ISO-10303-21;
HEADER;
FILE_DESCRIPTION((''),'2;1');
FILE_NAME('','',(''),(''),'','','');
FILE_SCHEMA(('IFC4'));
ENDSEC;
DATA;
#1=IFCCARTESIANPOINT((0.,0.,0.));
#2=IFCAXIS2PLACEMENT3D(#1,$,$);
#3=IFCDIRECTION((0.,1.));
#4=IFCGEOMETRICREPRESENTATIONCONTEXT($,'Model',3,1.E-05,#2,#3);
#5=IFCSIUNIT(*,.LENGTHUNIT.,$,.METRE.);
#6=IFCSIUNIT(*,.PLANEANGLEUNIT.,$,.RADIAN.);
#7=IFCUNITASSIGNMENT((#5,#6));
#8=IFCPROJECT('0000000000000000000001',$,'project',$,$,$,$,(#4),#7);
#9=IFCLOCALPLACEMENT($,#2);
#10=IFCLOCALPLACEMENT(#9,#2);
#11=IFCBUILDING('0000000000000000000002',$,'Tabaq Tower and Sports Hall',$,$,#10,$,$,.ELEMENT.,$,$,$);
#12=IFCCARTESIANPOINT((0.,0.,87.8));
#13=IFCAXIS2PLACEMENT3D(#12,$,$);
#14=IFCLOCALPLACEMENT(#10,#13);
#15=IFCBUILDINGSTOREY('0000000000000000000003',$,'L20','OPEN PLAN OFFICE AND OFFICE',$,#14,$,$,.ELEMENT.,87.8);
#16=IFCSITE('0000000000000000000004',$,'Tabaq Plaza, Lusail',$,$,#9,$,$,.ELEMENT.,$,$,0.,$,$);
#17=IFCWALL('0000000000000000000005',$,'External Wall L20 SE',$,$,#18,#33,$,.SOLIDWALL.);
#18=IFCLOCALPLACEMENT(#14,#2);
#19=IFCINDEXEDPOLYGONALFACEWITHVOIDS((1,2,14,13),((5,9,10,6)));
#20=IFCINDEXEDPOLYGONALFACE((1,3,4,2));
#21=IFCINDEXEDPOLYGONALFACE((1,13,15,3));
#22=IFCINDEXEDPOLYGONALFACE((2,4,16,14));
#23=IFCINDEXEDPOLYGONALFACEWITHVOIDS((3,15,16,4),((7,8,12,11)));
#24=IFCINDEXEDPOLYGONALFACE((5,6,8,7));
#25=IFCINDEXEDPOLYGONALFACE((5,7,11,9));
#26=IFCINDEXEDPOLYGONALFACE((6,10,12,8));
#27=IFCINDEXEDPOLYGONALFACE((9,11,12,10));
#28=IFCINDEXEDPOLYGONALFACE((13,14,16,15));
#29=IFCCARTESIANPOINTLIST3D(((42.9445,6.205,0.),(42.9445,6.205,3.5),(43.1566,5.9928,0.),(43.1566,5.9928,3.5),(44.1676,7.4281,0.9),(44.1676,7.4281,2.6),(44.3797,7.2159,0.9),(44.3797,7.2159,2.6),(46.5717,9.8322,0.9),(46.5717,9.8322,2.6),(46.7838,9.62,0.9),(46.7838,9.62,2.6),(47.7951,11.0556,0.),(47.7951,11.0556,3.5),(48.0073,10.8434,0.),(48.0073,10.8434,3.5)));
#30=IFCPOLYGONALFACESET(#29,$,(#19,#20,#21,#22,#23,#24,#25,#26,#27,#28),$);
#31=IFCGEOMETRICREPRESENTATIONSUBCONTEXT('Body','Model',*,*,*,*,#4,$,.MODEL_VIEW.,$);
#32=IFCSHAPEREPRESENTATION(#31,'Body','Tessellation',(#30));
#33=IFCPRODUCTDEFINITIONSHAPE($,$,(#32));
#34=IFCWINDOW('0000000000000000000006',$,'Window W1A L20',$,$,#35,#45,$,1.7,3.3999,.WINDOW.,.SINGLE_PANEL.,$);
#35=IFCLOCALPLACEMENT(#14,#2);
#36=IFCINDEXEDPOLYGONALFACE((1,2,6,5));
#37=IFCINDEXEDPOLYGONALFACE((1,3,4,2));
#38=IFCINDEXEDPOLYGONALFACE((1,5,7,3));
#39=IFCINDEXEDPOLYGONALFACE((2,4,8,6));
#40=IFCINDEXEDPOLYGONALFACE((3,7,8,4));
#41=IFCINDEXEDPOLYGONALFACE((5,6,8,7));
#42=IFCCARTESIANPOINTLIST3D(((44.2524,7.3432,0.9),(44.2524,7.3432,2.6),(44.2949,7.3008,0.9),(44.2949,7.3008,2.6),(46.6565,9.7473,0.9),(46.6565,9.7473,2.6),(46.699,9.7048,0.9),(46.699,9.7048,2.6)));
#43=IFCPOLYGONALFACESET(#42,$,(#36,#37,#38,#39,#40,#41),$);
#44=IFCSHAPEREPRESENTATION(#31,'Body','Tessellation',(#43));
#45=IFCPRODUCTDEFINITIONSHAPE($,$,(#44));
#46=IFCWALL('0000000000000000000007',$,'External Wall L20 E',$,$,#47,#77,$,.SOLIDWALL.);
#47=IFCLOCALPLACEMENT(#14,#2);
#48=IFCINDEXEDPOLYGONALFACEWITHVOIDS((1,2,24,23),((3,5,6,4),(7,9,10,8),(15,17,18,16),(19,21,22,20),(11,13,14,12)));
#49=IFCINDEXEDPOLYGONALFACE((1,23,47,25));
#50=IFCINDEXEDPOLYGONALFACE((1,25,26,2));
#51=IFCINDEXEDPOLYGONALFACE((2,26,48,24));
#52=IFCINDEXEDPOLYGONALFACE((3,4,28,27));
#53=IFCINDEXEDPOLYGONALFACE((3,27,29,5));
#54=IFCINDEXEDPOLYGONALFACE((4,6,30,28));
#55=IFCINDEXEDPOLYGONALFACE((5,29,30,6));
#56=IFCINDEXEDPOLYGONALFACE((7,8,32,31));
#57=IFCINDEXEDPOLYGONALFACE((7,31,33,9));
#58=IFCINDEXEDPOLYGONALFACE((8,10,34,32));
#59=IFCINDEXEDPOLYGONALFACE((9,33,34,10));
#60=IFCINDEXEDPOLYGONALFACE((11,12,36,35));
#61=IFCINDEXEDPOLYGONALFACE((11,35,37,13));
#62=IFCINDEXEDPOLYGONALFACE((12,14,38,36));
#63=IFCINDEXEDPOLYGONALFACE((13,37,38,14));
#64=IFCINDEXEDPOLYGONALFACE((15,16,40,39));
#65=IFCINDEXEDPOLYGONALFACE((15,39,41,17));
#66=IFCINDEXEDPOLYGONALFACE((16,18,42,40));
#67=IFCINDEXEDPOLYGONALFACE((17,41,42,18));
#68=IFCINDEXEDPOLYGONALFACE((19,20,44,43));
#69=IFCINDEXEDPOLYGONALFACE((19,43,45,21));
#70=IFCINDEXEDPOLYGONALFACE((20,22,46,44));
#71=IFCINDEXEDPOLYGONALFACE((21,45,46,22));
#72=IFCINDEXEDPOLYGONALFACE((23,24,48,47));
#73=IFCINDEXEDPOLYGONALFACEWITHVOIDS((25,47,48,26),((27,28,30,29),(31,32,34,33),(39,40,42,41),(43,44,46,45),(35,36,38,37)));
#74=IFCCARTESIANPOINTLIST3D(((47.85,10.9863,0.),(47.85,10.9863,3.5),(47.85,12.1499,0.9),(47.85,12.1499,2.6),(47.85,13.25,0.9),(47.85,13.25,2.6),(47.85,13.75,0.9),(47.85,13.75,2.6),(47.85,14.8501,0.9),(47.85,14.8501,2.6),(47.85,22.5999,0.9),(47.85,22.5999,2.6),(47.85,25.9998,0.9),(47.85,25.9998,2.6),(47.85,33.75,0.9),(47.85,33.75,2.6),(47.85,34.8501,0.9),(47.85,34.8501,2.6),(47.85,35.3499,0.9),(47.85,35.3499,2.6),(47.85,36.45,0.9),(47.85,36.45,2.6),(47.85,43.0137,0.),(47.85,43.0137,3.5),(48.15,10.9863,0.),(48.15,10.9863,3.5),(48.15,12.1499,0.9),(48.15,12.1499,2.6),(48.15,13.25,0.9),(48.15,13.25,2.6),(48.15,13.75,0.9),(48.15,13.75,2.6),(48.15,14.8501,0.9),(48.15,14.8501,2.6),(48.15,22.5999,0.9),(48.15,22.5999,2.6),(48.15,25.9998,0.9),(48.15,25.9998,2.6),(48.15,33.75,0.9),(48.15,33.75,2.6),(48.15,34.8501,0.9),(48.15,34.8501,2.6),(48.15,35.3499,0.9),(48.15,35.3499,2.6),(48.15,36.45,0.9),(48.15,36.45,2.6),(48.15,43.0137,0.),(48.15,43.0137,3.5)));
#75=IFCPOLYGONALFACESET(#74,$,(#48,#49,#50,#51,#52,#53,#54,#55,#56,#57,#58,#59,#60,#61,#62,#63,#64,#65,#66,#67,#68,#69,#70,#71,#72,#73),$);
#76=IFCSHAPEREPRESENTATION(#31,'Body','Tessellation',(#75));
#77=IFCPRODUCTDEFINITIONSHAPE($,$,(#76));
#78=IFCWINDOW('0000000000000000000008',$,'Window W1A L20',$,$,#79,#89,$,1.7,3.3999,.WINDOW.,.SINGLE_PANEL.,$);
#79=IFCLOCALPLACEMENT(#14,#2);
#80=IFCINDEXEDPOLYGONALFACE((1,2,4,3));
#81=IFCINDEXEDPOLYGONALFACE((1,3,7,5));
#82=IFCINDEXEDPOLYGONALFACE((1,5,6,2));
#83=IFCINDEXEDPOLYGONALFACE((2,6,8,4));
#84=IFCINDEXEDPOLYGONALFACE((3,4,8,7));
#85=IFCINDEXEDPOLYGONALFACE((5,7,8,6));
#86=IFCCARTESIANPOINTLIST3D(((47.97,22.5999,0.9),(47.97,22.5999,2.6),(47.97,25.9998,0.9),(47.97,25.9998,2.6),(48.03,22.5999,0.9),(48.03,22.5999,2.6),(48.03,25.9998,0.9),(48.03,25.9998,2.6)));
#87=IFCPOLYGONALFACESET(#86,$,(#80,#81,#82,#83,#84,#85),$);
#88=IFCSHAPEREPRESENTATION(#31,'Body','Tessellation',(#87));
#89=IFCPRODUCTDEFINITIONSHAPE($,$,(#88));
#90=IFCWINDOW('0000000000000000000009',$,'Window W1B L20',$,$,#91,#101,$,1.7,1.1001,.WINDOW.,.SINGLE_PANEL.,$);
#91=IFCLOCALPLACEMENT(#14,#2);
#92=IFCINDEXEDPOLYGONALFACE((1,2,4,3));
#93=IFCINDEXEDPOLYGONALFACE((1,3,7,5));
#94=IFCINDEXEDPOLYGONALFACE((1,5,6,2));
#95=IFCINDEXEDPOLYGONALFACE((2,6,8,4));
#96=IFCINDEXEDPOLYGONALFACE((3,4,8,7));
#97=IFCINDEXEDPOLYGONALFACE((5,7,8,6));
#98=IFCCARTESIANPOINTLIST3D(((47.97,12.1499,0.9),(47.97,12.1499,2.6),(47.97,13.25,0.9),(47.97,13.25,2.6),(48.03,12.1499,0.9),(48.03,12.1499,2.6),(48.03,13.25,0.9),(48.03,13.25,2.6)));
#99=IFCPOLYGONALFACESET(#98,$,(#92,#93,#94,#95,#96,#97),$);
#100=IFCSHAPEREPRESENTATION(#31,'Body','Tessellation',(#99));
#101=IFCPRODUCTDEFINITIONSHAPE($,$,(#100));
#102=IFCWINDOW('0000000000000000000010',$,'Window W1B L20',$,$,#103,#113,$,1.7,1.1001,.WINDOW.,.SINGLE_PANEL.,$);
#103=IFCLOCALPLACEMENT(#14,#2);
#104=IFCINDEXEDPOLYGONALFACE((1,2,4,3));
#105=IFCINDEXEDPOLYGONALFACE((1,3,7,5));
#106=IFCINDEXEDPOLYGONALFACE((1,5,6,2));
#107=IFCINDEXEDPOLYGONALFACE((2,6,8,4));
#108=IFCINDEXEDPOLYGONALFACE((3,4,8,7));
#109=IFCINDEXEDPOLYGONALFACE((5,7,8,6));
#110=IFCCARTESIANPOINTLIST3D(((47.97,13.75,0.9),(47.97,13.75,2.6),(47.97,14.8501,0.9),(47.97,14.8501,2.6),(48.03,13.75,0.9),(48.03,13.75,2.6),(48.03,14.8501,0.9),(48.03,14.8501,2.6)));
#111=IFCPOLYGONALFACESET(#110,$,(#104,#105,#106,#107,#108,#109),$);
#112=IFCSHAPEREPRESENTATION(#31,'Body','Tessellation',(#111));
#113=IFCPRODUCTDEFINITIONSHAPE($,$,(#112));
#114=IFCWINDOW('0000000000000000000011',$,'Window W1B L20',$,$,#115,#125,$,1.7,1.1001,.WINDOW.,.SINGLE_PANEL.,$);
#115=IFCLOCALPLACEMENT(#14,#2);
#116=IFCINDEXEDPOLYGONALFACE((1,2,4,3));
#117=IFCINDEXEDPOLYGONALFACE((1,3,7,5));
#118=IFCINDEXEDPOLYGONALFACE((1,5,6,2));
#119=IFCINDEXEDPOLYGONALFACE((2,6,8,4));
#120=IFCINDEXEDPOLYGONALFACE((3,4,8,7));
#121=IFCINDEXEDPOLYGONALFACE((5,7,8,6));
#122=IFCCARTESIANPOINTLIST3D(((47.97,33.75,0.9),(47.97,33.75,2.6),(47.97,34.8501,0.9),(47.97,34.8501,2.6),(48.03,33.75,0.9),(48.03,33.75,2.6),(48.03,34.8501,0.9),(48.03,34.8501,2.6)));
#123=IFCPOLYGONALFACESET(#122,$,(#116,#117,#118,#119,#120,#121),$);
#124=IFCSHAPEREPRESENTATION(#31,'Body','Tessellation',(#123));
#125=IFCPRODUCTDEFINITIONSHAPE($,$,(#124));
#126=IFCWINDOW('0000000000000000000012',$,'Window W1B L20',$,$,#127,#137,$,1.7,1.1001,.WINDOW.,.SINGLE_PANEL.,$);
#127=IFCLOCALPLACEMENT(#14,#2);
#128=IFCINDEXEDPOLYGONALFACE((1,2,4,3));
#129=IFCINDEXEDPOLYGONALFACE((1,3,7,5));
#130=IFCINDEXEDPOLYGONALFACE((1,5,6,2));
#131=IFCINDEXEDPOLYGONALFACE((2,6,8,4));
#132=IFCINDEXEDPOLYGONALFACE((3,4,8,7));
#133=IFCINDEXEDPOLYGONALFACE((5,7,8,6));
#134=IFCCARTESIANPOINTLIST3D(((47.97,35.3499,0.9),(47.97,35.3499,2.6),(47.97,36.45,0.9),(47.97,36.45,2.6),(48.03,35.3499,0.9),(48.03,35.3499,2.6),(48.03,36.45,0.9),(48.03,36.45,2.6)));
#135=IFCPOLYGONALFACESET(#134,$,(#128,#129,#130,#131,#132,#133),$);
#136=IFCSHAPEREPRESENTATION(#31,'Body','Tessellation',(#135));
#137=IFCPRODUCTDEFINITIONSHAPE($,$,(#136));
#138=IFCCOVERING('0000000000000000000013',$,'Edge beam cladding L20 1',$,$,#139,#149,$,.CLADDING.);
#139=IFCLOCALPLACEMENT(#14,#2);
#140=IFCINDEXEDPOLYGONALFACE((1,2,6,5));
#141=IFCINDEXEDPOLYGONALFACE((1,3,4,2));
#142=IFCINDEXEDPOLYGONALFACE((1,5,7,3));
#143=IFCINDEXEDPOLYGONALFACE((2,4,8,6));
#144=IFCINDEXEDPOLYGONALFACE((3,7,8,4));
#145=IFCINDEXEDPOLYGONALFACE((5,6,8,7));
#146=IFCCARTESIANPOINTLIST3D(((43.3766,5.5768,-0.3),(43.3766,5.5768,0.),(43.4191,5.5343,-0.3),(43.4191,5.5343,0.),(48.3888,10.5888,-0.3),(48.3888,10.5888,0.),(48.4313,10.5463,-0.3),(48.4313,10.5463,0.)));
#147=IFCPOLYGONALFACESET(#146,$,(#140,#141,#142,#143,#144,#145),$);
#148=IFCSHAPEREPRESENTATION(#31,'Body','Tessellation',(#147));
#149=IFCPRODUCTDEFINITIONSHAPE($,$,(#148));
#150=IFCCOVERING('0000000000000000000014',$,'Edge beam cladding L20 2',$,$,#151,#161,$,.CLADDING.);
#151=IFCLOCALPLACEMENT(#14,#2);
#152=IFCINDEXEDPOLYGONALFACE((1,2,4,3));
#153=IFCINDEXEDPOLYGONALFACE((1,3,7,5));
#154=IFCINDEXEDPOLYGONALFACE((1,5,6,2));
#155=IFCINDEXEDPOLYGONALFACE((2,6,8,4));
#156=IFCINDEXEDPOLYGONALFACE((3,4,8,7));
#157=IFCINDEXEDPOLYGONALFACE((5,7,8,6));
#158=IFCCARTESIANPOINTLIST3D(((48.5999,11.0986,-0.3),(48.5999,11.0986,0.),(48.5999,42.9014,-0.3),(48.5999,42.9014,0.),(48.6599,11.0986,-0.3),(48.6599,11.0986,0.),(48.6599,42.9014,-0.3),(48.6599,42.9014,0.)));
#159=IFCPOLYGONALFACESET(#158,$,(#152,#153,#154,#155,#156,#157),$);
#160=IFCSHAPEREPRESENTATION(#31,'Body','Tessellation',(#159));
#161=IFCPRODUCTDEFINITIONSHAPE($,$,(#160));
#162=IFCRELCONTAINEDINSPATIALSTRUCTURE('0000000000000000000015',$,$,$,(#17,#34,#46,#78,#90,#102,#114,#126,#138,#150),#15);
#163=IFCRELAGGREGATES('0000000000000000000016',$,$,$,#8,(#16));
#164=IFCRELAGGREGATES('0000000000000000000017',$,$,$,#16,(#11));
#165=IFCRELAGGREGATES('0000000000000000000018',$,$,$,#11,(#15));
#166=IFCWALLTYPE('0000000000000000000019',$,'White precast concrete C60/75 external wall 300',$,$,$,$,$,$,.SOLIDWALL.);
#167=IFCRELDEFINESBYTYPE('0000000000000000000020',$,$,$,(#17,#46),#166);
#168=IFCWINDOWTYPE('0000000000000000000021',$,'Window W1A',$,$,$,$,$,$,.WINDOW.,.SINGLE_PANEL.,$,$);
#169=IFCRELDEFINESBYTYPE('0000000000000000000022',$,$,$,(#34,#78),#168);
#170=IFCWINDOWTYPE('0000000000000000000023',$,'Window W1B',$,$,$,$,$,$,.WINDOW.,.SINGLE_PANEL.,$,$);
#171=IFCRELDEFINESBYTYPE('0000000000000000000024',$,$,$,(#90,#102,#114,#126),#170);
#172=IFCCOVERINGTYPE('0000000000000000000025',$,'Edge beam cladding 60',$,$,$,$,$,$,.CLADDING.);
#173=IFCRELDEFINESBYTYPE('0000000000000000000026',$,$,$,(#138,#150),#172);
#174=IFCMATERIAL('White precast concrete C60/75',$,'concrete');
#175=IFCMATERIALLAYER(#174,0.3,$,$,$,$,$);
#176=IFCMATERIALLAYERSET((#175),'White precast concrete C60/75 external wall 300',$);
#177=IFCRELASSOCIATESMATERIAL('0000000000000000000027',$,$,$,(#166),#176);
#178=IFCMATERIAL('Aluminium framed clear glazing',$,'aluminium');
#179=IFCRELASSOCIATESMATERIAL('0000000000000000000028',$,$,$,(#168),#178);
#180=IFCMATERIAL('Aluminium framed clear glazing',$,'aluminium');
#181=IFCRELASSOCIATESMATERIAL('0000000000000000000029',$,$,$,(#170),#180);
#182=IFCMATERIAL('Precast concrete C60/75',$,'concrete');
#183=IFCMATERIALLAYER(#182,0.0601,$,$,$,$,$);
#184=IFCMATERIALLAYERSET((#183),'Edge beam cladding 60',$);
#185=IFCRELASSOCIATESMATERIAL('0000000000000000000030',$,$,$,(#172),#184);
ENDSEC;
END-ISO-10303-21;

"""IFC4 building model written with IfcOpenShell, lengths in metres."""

from ifc_helpers import new_model, si_unit, direction, frame, frame_2d, origin, place, context, subcontext, project, spatial, rectangle, extrude, material, layer, layer_set, type_object, element, fill, save


model = new_model("IFC4")

# Units and contexts
model_context = context("Model", 3, precision=1e-05, world=origin(), true_north=direction((0.0, 1.0)))
body_context = subcontext(model_context, "Body", "Model", "MODEL_VIEW")
ifc_project = project(units=[si_unit("LENGTHUNIT", "METRE"), si_unit("PLANEANGLEUNIT", "RADIAN")], contexts=[model_context])

# Site, building, storey
site_placement = place(None, origin())
site = spatial("IfcSite", under=ifc_project, at=site_placement, Name="Tabaq Plaza, Lusail", CompositionType="ELEMENT", RefElevation=0.0)
building_placement = place(site_placement, origin())
building = spatial("IfcBuilding", under=site, at=building_placement, Name="Tabaq Tower and Sports Hall", CompositionType="ELEMENT")
storey_placement = place(building_placement, frame((0.0, 0.0, 87.8)))
storey = spatial("IfcBuildingStorey", under=building, at=storey_placement, Name="L20", Description="OPEN PLAN OFFICE AND OFFICE", CompositionType="ELEMENT", Elevation=87.8)

# Wall, opening, window
ifc_material_1 = material(Name="White precast concrete C60/75", Category="concrete")
ifc_layer_1 = layer(ifc_material_1, 0.3)
ifc_layer_set_1 = layer_set([ifc_layer_1], Name="White precast concrete C60/75 external wall 300")
wall_type_1 = type_object("IfcWallType", Name="White precast concrete C60/75 external wall 300", PredefinedType="SOLIDWALL", material=ifc_layer_set_1)
wall_1_placement = place(storey_placement, frame((43.0505, 6.0989, 0.0), z_axis=(0.0, 0.0, 1.0), x_axis=(0.707107, 0.707107, 0.0)))
wall_1 = element("IfcWall", 1, at=wall_1_placement, inside=storey, type_object=wall_type_1, Name="External Wall L20 SE", PredefinedType="SOLIDWALL", context=body_context, shape_type="SweptSolid", body=[
    extrude(rectangle(XDim=6.8599, YDim=0.3, at=frame_2d((3.4299, 0.0))), origin(), (0.0, 0.0, 1.0), 3.5),
])
opening_1_placement = place(wall_1_placement, frame((1.7297, 0.0, 0.8999)))
opening_1 = element("IfcOpeningElement", 2, at=opening_1_placement, cuts=wall_1, PredefinedType="OPENING", context=body_context, shape_type="SweptSolid", body=[
    extrude(rectangle(XDim=3.3999, YDim=1.7, at=frame_2d((1.7, 0.8501))), frame((0.0, 0.1602, 0.0), z_axis=(0.0, -1.0, 0.0), x_axis=(1.0, 0.0, 0.0)), (0.0, 0.0, 1.0), 0.3201),
])
ifc_material_2 = material(Name="Aluminium framed clear glazing", Category="aluminium")
window_type_1 = type_object("IfcWindowType", Name="Window W1A", PartitioningType="SINGLE_PANEL", PredefinedType="WINDOW", material=ifc_material_2)
window_1_placement = place(opening_1_placement, origin())
window_1 = element("IfcWindow", 3, at=window_1_placement, inside=storey, type_object=window_type_1, Name="Window W1A L20", OverallHeight=1.7, OverallWidth=3.3999, PartitioningType="SINGLE_PANEL", PredefinedType="WINDOW", context=body_context, shape_type="SweptSolid", body=[
    extrude(rectangle(XDim=3.3999, YDim=1.7, at=frame_2d((1.7, 0.8501))), frame((0.0, 0.03, 0.0), z_axis=(0.0, -1.0, 0.0), x_axis=(1.0, 0.0, 0.0)), (0.0, 0.0, 1.0), 0.0601),
])
fill(opening_1, window_1)

# Wall, openings, windows
wall_2_placement = place(storey_placement, frame((48.0, 10.9863, 0.0), z_axis=(0.0, 0.0, 1.0), x_axis=(0.0, 1.0, 0.0)))
wall_2 = element("IfcWall", 4, at=wall_2_placement, inside=storey, type_object=wall_type_1, Name="External Wall L20 E", PredefinedType="SOLIDWALL", context=body_context, shape_type="SweptSolid", body=[
    extrude(rectangle(XDim=32.0273, YDim=0.3, at=frame_2d((16.0137, 0.0))), origin(), (0.0, 0.0, 1.0), 3.5),
])
opening_2_placement = place(wall_2_placement, frame((1.1636, 0.0, 0.8999)))
opening_2 = element("IfcOpeningElement", 5, at=opening_2_placement, cuts=wall_2, PredefinedType="OPENING", context=body_context, shape_type="SweptSolid", body=[
    extrude(rectangle(XDim=1.1001, YDim=1.7, at=frame_2d((0.55, 0.8501))), frame((0.0, 0.1602, 0.0), z_axis=(0.0, -1.0, 0.0), x_axis=(1.0, 0.0, 0.0)), (0.0, 0.0, 1.0), 0.3201),
])
opening_3_placement = place(wall_2_placement, frame((2.7637, 0.0, 0.8999)))
opening_3 = element("IfcOpeningElement", 6, at=opening_3_placement, cuts=wall_2, PredefinedType="OPENING", context=body_context, shape_type="SweptSolid", body=[
    extrude(rectangle(XDim=1.1001, YDim=1.7, at=frame_2d((0.55, 0.8501))), frame((0.0, 0.1602, 0.0), z_axis=(0.0, -1.0, 0.0), x_axis=(1.0, 0.0, 0.0)), (0.0, 0.0, 1.0), 0.3201),
])
opening_4_placement = place(wall_2_placement, frame((11.6135, 0.0, 0.8999)))
opening_4 = element("IfcOpeningElement", 7, at=opening_4_placement, cuts=wall_2, PredefinedType="OPENING", context=body_context, shape_type="SweptSolid", body=[
    extrude(rectangle(XDim=3.3999, YDim=1.7, at=frame_2d((1.7, 0.8501))), frame((0.0, 0.1602, 0.0), z_axis=(0.0, -1.0, 0.0), x_axis=(1.0, 0.0, 0.0)), (0.0, 0.0, 1.0), 0.3201),
])
opening_5_placement = place(wall_2_placement, frame((22.7637, 0.0, 0.8999)))
opening_5 = element("IfcOpeningElement", 8, at=opening_5_placement, cuts=wall_2, PredefinedType="OPENING", context=body_context, shape_type="SweptSolid", body=[
    extrude(rectangle(XDim=1.1001, YDim=1.7, at=frame_2d((0.55, 0.8501))), frame((0.0, 0.1602, 0.0), z_axis=(0.0, -1.0, 0.0), x_axis=(1.0, 0.0, 0.0)), (0.0, 0.0, 1.0), 0.3201),
])
opening_6_placement = place(wall_2_placement, frame((24.3635, 0.0, 0.8999)))
opening_6 = element("IfcOpeningElement", 9, at=opening_6_placement, cuts=wall_2, PredefinedType="OPENING", context=body_context, shape_type="SweptSolid", body=[
    extrude(rectangle(XDim=1.1001, YDim=1.7, at=frame_2d((0.55, 0.8501))), frame((0.0, 0.1602, 0.0), z_axis=(0.0, -1.0, 0.0), x_axis=(1.0, 0.0, 0.0)), (0.0, 0.0, 1.0), 0.3201),
])
window_2_placement = place(opening_4_placement, origin())
window_2 = element("IfcWindow", 10, at=window_2_placement, inside=storey, type_object=window_type_1, Name="Window W1A L20", OverallHeight=1.7, OverallWidth=3.3999, PartitioningType="SINGLE_PANEL", PredefinedType="WINDOW", context=body_context, shape_type="SweptSolid", body=[
    extrude(rectangle(XDim=3.3999, YDim=1.7, at=frame_2d((1.7, 0.8501))), frame((0.0, 0.03, 0.0), z_axis=(0.0, -1.0, 0.0), x_axis=(1.0, 0.0, 0.0)), (0.0, 0.0, 1.0), 0.0601),
])
fill(opening_4, window_2)
ifc_material_3 = material(Name="Aluminium framed clear glazing", Category="aluminium")
window_type_2 = type_object("IfcWindowType", Name="Window W1B", PartitioningType="SINGLE_PANEL", PredefinedType="WINDOW", material=ifc_material_3)
window_3_placement = place(opening_2_placement, origin())
window_3 = element("IfcWindow", 11, at=window_3_placement, inside=storey, type_object=window_type_2, Name="Window W1B L20", OverallHeight=1.7, OverallWidth=1.1001, PartitioningType="SINGLE_PANEL", PredefinedType="WINDOW", context=body_context, shape_type="SweptSolid", body=[
    extrude(rectangle(XDim=1.1001, YDim=1.7, at=frame_2d((0.55, 0.8501))), frame((0.0, 0.03, 0.0), z_axis=(0.0, -1.0, 0.0), x_axis=(1.0, 0.0, 0.0)), (0.0, 0.0, 1.0), 0.0601),
])
fill(opening_2, window_3)
window_4_placement = place(opening_3_placement, origin())
window_4 = element("IfcWindow", 12, at=window_4_placement, inside=storey, type_object=window_type_2, Name="Window W1B L20", OverallHeight=1.7, OverallWidth=1.1001, PartitioningType="SINGLE_PANEL", PredefinedType="WINDOW", context=body_context, shape_type="SweptSolid", body=[
    extrude(rectangle(XDim=1.1001, YDim=1.7, at=frame_2d((0.55, 0.8501))), frame((0.0, 0.03, 0.0), z_axis=(0.0, -1.0, 0.0), x_axis=(1.0, 0.0, 0.0)), (0.0, 0.0, 1.0), 0.0601),
])
fill(opening_3, window_4)
window_5_placement = place(opening_5_placement, origin())
window_5 = element("IfcWindow", 13, at=window_5_placement, inside=storey, type_object=window_type_2, Name="Window W1B L20", OverallHeight=1.7, OverallWidth=1.1001, PartitioningType="SINGLE_PANEL", PredefinedType="WINDOW", context=body_context, shape_type="SweptSolid", body=[
    extrude(rectangle(XDim=1.1001, YDim=1.7, at=frame_2d((0.55, 0.8501))), frame((0.0, 0.03, 0.0), z_axis=(0.0, -1.0, 0.0), x_axis=(1.0, 0.0, 0.0)), (0.0, 0.0, 1.0), 0.0601),
])
fill(opening_5, window_5)
window_6_placement = place(opening_6_placement, origin())
window_6 = element("IfcWindow", 14, at=window_6_placement, inside=storey, type_object=window_type_2, Name="Window W1B L20", OverallHeight=1.7, OverallWidth=1.1001, PartitioningType="SINGLE_PANEL", PredefinedType="WINDOW", context=body_context, shape_type="SweptSolid", body=[
    extrude(rectangle(XDim=1.1001, YDim=1.7, at=frame_2d((0.55, 0.8501))), frame((0.0, 0.03, 0.0), z_axis=(0.0, -1.0, 0.0), x_axis=(1.0, 0.0, 0.0)), (0.0, 0.0, 1.0), 0.0601),
])
fill(opening_6, window_6)

# Coverings
ifc_material_4 = material(Name="Precast concrete C60/75", Category="concrete")
ifc_layer_2 = layer(ifc_material_4, 0.0601)
ifc_layer_set_2 = layer_set([ifc_layer_2], Name="Edge beam cladding 60")
covering_type_1 = type_object("IfcCoveringType", Name="Edge beam cladding 60", PredefinedType="CLADDING", material=ifc_layer_set_2)
covering_1_placement = place(storey_placement, frame((43.3979, 5.5557, -0.3), z_axis=(0.0, 0.0, 1.0), x_axis=(0.707124, 0.70709, 0.0)))
element("IfcCovering", 15, at=covering_1_placement, inside=storey, type_object=covering_type_1, Name="Edge beam cladding L20 1", PredefinedType="CLADDING", context=body_context, shape_type="SweptSolid", body=[
    extrude(rectangle(XDim=7.0881, YDim=0.0601, at=frame_2d((3.5439, 0.0))), origin(), (0.0, 0.0, 1.0), 0.3),
])
covering_2_placement = place(storey_placement, frame((48.6299, 11.0986, -0.3), z_axis=(0.0, 0.0, 1.0), x_axis=(0.0, 1.0, 0.0)))
element("IfcCovering", 16, at=covering_2_placement, inside=storey, type_object=covering_type_1, Name="Edge beam cladding L20 2", PredefinedType="CLADDING", context=body_context, shape_type="SweptSolid", body=[
    extrude(rectangle(XDim=31.8027, YDim=0.0601, at=frame_2d((15.9014, 0.0))), origin(), (0.0, 0.0, 1.0), 0.3),
])

save(model, "model.ifc")
